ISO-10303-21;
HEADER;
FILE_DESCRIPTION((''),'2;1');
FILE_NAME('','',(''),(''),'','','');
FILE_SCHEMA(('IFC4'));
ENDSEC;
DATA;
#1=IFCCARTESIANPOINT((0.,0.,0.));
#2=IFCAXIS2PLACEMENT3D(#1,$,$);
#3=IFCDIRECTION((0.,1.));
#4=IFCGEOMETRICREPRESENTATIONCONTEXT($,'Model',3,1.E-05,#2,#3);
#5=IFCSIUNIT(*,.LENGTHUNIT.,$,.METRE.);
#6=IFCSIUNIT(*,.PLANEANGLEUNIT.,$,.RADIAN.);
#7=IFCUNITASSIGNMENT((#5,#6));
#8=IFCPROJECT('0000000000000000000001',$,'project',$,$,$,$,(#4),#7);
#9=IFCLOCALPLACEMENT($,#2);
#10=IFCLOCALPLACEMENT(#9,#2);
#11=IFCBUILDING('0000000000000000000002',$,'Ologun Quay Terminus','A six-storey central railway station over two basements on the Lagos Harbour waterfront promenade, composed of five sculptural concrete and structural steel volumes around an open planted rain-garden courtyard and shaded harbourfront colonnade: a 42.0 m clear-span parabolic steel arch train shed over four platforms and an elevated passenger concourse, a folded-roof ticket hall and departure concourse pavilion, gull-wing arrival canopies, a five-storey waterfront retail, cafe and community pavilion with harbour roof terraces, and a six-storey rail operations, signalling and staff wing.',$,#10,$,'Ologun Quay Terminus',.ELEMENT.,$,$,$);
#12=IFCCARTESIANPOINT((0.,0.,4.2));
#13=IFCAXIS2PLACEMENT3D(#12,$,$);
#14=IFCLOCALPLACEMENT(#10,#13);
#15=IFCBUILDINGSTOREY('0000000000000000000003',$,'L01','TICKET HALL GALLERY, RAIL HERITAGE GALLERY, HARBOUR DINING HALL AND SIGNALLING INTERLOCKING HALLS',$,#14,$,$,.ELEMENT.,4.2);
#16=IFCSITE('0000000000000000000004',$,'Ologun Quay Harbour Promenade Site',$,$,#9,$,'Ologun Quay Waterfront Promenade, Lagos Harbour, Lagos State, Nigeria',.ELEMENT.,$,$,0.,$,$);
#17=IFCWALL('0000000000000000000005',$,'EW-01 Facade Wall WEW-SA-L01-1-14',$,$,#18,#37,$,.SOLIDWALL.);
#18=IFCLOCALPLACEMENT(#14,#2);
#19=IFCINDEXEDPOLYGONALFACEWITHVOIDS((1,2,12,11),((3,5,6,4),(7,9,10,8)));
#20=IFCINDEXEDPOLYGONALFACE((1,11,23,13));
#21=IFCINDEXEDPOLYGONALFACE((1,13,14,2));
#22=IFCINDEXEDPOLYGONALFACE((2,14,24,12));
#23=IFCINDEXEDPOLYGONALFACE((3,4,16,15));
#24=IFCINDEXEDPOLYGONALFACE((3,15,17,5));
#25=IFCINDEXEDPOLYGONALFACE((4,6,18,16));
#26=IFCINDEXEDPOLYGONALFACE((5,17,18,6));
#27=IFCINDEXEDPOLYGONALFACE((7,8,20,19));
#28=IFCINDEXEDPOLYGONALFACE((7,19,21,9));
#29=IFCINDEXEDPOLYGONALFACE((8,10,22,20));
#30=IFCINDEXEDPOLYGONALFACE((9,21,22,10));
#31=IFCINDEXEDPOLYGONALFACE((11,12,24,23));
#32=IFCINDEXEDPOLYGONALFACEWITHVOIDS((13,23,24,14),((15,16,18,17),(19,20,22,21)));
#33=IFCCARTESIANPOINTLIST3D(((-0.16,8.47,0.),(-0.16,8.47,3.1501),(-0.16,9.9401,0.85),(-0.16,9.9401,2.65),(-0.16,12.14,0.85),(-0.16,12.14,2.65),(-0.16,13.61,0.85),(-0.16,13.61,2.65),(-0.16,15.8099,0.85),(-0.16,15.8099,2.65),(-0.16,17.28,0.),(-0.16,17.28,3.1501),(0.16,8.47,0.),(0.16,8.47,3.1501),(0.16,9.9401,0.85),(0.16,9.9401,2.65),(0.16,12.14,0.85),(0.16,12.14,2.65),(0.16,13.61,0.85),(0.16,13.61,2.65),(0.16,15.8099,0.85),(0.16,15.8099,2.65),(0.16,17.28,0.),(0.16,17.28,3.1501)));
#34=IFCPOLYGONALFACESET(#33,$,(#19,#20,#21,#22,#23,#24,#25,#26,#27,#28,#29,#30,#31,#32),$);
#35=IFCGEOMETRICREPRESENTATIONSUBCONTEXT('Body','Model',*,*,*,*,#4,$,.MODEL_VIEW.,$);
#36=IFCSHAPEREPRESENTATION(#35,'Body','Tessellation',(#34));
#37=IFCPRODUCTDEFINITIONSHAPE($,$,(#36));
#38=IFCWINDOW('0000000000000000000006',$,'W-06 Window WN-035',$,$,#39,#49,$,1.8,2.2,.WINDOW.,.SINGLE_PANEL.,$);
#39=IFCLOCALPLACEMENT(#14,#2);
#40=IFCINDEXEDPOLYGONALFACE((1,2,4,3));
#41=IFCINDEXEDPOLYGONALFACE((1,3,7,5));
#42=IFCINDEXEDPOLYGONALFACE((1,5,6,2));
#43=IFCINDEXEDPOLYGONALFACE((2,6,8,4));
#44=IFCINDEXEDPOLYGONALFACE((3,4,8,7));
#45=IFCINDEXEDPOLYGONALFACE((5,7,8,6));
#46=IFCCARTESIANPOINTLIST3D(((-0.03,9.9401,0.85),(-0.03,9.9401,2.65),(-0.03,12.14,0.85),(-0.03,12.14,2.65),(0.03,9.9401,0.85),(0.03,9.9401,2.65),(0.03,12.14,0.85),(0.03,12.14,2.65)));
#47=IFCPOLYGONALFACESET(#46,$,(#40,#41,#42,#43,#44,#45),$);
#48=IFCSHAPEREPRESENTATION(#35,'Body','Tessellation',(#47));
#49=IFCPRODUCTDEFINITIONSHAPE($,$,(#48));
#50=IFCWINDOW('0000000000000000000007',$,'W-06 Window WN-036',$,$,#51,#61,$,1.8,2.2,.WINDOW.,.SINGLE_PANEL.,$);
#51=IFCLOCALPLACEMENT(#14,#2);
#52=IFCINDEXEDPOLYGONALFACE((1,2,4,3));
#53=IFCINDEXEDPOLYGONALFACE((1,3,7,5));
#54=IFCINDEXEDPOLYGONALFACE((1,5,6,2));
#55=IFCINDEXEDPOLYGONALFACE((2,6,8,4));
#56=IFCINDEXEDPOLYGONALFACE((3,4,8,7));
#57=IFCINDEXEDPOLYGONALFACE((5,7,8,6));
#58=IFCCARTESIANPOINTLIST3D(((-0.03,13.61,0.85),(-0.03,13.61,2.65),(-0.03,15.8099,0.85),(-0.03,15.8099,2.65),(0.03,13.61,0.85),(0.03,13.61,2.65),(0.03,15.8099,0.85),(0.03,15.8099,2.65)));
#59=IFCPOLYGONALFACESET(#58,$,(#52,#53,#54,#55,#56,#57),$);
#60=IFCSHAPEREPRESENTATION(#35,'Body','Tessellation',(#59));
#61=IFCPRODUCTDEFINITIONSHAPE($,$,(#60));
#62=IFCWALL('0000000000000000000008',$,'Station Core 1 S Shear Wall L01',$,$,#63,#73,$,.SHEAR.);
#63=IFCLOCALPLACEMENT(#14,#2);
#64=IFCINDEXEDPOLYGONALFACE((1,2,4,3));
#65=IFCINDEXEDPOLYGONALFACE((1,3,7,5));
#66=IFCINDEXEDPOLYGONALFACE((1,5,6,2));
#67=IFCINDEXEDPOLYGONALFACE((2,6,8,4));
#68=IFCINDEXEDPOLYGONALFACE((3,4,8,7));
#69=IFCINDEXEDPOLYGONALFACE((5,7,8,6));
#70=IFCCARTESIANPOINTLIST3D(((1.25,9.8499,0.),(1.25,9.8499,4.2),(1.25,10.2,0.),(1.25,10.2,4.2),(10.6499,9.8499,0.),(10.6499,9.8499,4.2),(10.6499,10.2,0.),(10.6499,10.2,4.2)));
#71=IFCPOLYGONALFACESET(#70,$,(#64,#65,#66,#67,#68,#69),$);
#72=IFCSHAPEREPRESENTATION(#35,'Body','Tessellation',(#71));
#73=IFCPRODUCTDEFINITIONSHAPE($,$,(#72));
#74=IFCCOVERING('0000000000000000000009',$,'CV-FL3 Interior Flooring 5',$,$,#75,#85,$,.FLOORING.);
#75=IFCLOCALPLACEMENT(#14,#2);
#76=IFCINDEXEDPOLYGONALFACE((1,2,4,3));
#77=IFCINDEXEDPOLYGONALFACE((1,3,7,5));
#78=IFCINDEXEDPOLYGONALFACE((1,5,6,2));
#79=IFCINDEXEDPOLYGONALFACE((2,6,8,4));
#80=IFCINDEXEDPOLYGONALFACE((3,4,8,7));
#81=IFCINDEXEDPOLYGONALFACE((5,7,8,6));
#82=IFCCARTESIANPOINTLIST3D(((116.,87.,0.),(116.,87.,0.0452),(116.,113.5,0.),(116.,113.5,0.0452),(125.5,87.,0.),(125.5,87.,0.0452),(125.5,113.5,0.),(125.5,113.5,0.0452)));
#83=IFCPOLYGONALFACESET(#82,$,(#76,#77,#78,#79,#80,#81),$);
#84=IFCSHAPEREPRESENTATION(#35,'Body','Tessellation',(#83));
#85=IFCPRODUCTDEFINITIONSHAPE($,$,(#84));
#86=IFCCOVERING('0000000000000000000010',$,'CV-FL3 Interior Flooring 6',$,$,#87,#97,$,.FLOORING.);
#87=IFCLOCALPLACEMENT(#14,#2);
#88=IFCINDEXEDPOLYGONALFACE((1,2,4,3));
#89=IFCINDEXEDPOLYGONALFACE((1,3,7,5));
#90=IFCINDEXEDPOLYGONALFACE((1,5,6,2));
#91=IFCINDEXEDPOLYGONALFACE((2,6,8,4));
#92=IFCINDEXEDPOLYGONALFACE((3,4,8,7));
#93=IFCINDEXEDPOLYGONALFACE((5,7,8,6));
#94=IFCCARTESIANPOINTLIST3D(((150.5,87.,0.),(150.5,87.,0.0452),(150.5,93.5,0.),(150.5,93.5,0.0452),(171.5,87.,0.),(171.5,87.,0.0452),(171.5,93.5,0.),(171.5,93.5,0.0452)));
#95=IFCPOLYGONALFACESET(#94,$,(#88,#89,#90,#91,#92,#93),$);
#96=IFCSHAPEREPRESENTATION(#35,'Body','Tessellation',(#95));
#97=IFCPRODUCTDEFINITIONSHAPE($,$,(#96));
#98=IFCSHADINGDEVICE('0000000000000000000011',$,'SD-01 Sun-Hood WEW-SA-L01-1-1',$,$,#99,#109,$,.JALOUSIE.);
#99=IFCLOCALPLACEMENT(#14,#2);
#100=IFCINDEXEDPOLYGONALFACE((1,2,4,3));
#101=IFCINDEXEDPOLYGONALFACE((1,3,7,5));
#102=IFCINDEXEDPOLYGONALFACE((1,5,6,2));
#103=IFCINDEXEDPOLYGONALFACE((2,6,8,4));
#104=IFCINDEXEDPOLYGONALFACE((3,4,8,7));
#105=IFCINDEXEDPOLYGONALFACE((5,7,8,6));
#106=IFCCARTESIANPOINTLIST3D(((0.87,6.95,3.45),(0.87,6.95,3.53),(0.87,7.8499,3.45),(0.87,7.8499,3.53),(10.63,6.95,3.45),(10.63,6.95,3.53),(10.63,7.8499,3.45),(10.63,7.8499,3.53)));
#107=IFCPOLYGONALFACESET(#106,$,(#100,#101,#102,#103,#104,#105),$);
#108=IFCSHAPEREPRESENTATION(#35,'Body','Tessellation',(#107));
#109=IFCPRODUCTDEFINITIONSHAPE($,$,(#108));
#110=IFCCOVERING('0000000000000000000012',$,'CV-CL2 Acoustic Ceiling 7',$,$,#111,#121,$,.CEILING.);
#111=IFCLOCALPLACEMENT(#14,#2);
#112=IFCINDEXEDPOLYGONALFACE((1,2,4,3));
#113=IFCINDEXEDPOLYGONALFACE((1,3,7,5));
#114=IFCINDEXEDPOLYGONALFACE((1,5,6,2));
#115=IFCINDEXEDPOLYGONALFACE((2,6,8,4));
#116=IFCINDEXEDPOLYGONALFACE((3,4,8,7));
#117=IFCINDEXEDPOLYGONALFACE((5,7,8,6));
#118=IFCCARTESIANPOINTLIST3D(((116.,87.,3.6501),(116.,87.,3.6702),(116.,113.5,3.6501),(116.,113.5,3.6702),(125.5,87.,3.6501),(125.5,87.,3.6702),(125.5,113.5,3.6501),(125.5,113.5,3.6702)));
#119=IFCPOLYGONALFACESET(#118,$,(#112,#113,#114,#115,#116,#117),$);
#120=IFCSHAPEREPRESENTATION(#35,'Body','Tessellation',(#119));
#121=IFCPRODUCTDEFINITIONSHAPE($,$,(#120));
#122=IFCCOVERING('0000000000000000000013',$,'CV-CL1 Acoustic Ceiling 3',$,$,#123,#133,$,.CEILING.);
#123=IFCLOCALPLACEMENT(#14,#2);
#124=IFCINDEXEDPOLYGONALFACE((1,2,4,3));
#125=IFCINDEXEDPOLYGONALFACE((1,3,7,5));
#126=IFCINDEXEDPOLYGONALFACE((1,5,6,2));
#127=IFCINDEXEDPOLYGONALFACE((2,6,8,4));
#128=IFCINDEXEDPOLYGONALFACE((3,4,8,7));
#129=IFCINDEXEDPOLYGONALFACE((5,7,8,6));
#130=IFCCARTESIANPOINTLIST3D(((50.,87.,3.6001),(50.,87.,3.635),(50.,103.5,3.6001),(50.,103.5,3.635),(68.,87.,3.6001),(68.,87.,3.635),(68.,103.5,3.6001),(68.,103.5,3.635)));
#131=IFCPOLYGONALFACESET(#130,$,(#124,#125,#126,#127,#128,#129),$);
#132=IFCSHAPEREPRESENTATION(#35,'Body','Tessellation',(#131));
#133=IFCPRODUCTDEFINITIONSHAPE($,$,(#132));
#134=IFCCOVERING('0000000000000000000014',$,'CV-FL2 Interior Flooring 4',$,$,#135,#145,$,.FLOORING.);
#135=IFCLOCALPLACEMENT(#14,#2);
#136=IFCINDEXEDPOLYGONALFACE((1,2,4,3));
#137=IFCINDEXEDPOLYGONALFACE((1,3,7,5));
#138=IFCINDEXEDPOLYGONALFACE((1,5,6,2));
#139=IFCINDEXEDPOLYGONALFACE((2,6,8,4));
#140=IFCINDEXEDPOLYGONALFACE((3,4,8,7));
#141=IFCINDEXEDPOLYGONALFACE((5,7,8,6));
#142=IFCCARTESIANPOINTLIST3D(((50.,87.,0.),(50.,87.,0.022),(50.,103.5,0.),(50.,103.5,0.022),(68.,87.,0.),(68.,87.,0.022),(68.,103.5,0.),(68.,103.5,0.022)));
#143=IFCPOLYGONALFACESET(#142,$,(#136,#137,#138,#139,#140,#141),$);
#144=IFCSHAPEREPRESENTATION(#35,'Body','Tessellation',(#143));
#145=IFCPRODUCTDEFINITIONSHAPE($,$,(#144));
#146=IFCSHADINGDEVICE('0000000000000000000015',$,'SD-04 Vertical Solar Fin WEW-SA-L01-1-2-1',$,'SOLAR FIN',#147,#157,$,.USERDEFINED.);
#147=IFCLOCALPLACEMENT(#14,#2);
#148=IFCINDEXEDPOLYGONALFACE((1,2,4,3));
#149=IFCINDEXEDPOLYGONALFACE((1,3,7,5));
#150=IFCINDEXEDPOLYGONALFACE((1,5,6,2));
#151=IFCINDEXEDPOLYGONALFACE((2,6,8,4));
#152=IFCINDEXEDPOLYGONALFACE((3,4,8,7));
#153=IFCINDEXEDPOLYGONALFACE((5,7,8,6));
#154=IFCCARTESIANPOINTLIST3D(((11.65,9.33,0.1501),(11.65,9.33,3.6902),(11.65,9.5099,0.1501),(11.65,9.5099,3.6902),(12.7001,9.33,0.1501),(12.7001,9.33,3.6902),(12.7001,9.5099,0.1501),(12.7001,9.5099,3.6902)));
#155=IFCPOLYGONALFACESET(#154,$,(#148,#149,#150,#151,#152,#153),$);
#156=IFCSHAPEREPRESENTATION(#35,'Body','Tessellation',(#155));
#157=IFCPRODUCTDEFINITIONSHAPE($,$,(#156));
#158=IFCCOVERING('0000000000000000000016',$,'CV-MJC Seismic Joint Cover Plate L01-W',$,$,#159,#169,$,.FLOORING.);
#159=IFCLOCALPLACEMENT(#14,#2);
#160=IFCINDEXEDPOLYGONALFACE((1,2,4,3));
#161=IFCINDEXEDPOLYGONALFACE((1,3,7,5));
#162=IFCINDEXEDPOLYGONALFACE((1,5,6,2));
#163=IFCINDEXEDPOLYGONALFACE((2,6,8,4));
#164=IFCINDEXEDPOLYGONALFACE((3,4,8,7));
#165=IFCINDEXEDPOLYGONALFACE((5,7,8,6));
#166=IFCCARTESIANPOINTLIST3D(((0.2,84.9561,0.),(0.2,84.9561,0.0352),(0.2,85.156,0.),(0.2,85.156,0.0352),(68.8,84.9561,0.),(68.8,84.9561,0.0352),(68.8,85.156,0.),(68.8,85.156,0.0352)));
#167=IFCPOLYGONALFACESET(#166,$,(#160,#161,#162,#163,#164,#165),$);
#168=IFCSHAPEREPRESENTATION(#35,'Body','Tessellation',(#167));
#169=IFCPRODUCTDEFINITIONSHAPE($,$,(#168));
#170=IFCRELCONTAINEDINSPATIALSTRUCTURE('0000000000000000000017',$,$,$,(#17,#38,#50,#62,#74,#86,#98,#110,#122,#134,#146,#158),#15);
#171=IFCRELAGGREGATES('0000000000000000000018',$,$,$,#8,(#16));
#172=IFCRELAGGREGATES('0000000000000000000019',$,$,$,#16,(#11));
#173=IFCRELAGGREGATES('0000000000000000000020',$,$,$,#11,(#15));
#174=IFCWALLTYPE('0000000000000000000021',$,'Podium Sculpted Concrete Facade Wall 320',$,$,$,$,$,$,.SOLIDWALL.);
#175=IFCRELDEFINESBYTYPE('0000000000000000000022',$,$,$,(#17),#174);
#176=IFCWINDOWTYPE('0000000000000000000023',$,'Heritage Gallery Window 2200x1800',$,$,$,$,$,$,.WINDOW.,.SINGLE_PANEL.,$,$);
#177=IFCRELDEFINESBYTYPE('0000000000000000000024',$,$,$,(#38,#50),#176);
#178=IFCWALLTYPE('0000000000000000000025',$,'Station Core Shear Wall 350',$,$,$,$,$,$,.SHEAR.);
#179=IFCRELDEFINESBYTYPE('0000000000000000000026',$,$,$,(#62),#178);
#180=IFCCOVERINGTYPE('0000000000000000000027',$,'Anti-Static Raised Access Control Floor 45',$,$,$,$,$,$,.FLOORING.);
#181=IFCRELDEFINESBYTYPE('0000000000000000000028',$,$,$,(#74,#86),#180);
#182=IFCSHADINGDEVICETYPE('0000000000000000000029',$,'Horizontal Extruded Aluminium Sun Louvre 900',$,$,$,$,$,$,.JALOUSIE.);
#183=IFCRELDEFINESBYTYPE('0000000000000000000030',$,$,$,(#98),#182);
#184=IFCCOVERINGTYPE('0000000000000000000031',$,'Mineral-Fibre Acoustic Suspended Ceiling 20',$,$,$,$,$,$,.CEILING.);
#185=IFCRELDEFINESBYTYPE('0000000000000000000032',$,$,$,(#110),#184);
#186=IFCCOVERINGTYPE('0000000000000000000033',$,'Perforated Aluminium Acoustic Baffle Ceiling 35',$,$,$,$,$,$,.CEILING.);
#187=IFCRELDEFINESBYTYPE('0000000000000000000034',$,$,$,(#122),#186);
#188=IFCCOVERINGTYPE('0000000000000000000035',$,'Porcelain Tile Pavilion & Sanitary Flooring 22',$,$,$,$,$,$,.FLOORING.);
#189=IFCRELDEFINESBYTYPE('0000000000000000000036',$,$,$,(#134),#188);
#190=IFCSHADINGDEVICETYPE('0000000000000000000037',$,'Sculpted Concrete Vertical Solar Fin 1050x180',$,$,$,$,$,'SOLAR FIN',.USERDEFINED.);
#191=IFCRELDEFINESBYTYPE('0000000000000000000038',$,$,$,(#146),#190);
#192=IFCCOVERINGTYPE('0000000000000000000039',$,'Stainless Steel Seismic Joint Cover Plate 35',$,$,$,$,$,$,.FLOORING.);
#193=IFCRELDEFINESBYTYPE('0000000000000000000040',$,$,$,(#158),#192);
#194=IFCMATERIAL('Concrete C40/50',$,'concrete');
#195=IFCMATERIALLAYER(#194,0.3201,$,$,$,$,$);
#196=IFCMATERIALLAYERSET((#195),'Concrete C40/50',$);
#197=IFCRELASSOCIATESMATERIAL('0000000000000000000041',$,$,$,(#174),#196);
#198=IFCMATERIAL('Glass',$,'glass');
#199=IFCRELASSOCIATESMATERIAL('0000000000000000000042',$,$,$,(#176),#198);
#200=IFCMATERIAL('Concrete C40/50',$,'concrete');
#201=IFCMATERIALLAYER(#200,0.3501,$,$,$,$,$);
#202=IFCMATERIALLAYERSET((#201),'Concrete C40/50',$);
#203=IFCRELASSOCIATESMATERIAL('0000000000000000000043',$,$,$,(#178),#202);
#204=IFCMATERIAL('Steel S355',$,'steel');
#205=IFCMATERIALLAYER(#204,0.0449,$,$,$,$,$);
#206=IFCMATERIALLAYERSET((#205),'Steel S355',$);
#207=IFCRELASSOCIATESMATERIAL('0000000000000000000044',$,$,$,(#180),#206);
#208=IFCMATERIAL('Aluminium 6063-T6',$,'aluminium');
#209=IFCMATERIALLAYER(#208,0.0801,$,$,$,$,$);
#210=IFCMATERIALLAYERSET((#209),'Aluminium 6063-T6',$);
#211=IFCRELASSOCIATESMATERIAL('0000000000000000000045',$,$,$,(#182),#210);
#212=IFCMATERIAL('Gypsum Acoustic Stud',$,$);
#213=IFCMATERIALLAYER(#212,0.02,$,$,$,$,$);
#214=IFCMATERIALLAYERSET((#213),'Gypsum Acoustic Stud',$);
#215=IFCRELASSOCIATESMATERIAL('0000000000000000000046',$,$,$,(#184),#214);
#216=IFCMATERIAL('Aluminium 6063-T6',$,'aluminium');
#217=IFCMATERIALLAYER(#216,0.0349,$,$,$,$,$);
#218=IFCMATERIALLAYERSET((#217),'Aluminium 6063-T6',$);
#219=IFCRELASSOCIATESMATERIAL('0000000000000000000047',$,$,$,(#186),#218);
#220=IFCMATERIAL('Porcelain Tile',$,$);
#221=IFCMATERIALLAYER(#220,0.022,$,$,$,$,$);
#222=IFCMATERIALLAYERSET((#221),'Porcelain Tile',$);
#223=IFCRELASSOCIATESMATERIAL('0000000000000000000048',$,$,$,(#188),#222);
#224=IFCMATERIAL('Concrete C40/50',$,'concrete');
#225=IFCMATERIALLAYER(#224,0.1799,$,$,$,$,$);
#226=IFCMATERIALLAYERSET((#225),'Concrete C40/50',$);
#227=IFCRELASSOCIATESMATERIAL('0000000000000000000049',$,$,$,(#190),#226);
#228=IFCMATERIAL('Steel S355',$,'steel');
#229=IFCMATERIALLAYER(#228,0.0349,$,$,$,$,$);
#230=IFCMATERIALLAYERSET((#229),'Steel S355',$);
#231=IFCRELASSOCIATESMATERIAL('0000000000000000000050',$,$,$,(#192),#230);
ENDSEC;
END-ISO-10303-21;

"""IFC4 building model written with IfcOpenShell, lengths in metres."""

from ifc_helpers import new_model, si_unit, direction, frame, frame_2d, origin, origin_2d, place, context, subcontext, project, spatial, polyline, rectangle, outline, extrude, material, layer, layer_set, type_object, element, fill, save


model = new_model("IFC4")

# Units and contexts
model_context = context("Model", 3, precision=1e-05, world=origin(), true_north=direction((0.0, 1.0)))
body_context = subcontext(model_context, "Body", "Model", "MODEL_VIEW")
ifc_project = project(units=[si_unit("LENGTHUNIT", "METRE"), si_unit("PLANEANGLEUNIT", "RADIAN")], contexts=[model_context])

# Site, building, storey
site_placement = place(None, origin())
site = spatial("IfcSite", under=ifc_project, at=site_placement, Name="Ologun Quay Harbour Promenade Site", LongName="Ologun Quay Waterfront Promenade, Lagos Harbour, Lagos State, Nigeria", CompositionType="ELEMENT", RefElevation=0.0)
building_placement = place(site_placement, origin())
building = spatial("IfcBuilding", under=site, at=building_placement, Name="Ologun Quay Terminus", Description="A six-storey central railway station over two basements on the Lagos Harbour waterfront promenade, composed of five sculptural concrete and structural steel volumes around an open planted rain-garden courtyard and shaded harbourfront colonnade: a 42.0 m clear-span parabolic steel arch train shed over four platforms and an elevated passenger concourse, a folded-roof ticket hall and departure concourse pavilion, gull-wing arrival canopies, a five-storey waterfront retail, cafe and community pavilion with harbour roof terraces, and a six-storey rail operations, signalling and staff wing.", LongName="Ologun Quay Terminus", CompositionType="ELEMENT")
storey_placement = place(building_placement, frame((0.0, 0.0, 4.2)))
storey = spatial("IfcBuildingStorey", under=building, at=storey_placement, Name="L01", Description="TICKET HALL GALLERY, RAIL HERITAGE GALLERY, HARBOUR DINING HALL AND SIGNALLING INTERLOCKING HALLS", CompositionType="ELEMENT", Elevation=4.2)

# Wall, openings, windows
ifc_material_1 = material(Name="Concrete C40/50", Category="concrete")
ifc_layer_1 = layer(ifc_material_1, 0.3201)
ifc_layer_set_1 = layer_set([ifc_layer_1], Name="Concrete C40/50")
wall_type_1 = type_object("IfcWallType", Name="Podium Sculpted Concrete Facade Wall 320", PredefinedType="SOLIDWALL", material=ifc_layer_set_1)
wall_1_placement = place(storey_placement, frame((0.0, 8.47, 0.0), z_axis=(0.0, 0.0, 1.0), x_axis=(0.0, 1.0, 0.0)))
wall_1 = element("IfcWall", 1, at=wall_1_placement, inside=storey, type_object=wall_type_1, Name="EW-01 Facade Wall WEW-SA-L01-1-14", PredefinedType="SOLIDWALL", context=body_context, shape_type="SweptSolid", body=[
    extrude(rectangle(XDim=8.8101, YDim=0.3201, at=frame_2d((4.405, 0.0))), origin(), (0.0, 0.0, 1.0), 3.1501),
])
opening_1_placement = place(wall_1_placement, frame((1.47, 0.0, 0.8501)))
opening_1 = element("IfcOpeningElement", 2, at=opening_1_placement, cuts=wall_1, PredefinedType="OPENING", context=body_context, shape_type="SweptSolid", body=[
    extrude(rectangle(XDim=2.2, YDim=1.8, at=frame_2d((1.1001, 0.8999))), frame((0.0, 0.1699, 0.0), z_axis=(0.0, -1.0, 0.0), x_axis=(1.0, 0.0, 0.0)), (0.0, 0.0, 1.0), 0.3401),
])
opening_2_placement = place(wall_1_placement, frame((5.1399, 0.0, 0.8501)))
opening_2 = element("IfcOpeningElement", 3, at=opening_2_placement, cuts=wall_1, PredefinedType="OPENING", context=body_context, shape_type="SweptSolid", body=[
    extrude(rectangle(XDim=2.2, YDim=1.8, at=frame_2d((1.1001, 0.8999))), frame((0.0, 0.1699, 0.0), z_axis=(0.0, -1.0, 0.0), x_axis=(1.0, 0.0, 0.0)), (0.0, 0.0, 1.0), 0.3401),
])
ifc_material_2 = material(Name="Glass", Category="glass")
window_type_1 = type_object("IfcWindowType", Name="Heritage Gallery Window 2200x1800", PartitioningType="SINGLE_PANEL", PredefinedType="WINDOW", material=ifc_material_2)
window_1_placement = place(opening_1_placement, origin())
window_1 = element("IfcWindow", 4, at=window_1_placement, inside=storey, type_object=window_type_1, Name="W-06 Window WN-035", OverallHeight=1.8, OverallWidth=2.2, PartitioningType="SINGLE_PANEL", PredefinedType="WINDOW", context=body_context, shape_type="SweptSolid", body=[
    extrude(rectangle(XDim=2.2, YDim=1.8, at=frame_2d((1.1001, 0.8999))), frame((0.0, 0.03, 0.0), z_axis=(0.0, -1.0, 0.0), x_axis=(1.0, 0.0, 0.0)), (0.0, 0.0, 1.0), 0.0601),
])
fill(opening_1, window_1)
window_2_placement = place(opening_2_placement, origin())
window_2 = element("IfcWindow", 5, at=window_2_placement, inside=storey, type_object=window_type_1, Name="W-06 Window WN-036", OverallHeight=1.8, OverallWidth=2.2, PartitioningType="SINGLE_PANEL", PredefinedType="WINDOW", context=body_context, shape_type="SweptSolid", body=[
    extrude(rectangle(XDim=2.2, YDim=1.8, at=frame_2d((1.1001, 0.8999))), frame((0.0, 0.03, 0.0), z_axis=(0.0, -1.0, 0.0), x_axis=(1.0, 0.0, 0.0)), (0.0, 0.0, 1.0), 0.0601),
])
fill(opening_2, window_2)

# Wall
ifc_material_3 = material(Name="Concrete C40/50", Category="concrete")
ifc_layer_2 = layer(ifc_material_3, 0.3501)
ifc_layer_set_2 = layer_set([ifc_layer_2], Name="Concrete C40/50")
wall_type_2 = type_object("IfcWallType", Name="Station Core Shear Wall 350", PredefinedType="SHEAR", material=ifc_layer_set_2)
wall_2_placement = place(storey_placement, frame((1.25, 10.0249, 0.0), z_axis=(0.0, 0.0, 1.0), x_axis=(1.0, 0.0, 0.0)))
element("IfcWall", 6, at=wall_2_placement, inside=storey, type_object=wall_type_2, Name="Station Core 1 S Shear Wall L01", PredefinedType="SHEAR", context=body_context, shape_type="SweptSolid", body=[
    extrude(rectangle(XDim=9.3999, YDim=0.3501, at=frame_2d((4.7, 0.0))), origin(), (0.0, 0.0, 1.0), 4.2),
])

# Coverings
ifc_material_4 = material(Name="Steel S355", Category="steel")
ifc_layer_3 = layer(ifc_material_4, 0.0449)
ifc_layer_set_3 = layer_set([ifc_layer_3], Name="Steel S355")
covering_type_1 = type_object("IfcCoveringType", Name="Anti-Static Raised Access Control Floor 45", PredefinedType="FLOORING", material=ifc_layer_set_3)
covering_1_placement = place(storey_placement, origin())
element("IfcCovering", 7, at=covering_1_placement, inside=storey, type_object=covering_type_1, Name="CV-FL3 Interior Flooring 5", PredefinedType="FLOORING", context=body_context, shape_type="SweptSolid", body=[
    extrude(outline(polyline([(116.0, 87.0), (125.5, 87.0), (125.5, 113.5), (116.0, 113.5), (116.0, 87.0)])), origin(), (0.0, 0.0, 1.0), 0.0452),
])
covering_2_placement = place(storey_placement, origin())
element("IfcCovering", 8, at=covering_2_placement, inside=storey, type_object=covering_type_1, Name="CV-FL3 Interior Flooring 6", PredefinedType="FLOORING", context=body_context, shape_type="SweptSolid", body=[
    extrude(outline(polyline([(150.5, 87.0), (171.5, 87.0), (171.5, 93.5), (150.5, 93.5), (150.5, 87.0)])), origin(), (0.0, 0.0, 1.0), 0.0452),
])

# Shading device
ifc_material_5 = material(Name="Aluminium 6063-T6", Category="aluminium")
ifc_layer_4 = layer(ifc_material_5, 0.0801)
ifc_layer_set_4 = layer_set([ifc_layer_4], Name="Aluminium 6063-T6")
shading_device_type_1 = type_object("IfcShadingDeviceType", Name="Horizontal Extruded Aluminium Sun Louvre 900", PredefinedType="JALOUSIE", material=ifc_layer_set_4)
shading_device_1_placement = place(storey_placement, frame((5.75, 7.3999, 3.45), z_axis=(0.0, 0.0, 1.0), x_axis=(1.0, 0.0, 0.0)))
element("IfcShadingDevice", 9, at=shading_device_1_placement, inside=storey, type_object=shading_device_type_1, Name="SD-01 Sun-Hood WEW-SA-L01-1-1", PredefinedType="JALOUSIE", context=body_context, shape_type="SweptSolid", body=[
    extrude(rectangle(XDim=9.76, YDim=0.8999, at=origin_2d()), origin(), (0.0, 0.0, 1.0), 0.0801),
])

# Coverings
ifc_material_6 = material(Name="Gypsum Acoustic Stud")
ifc_layer_5 = layer(ifc_material_6, 0.02)
ifc_layer_set_5 = layer_set([ifc_layer_5], Name="Gypsum Acoustic Stud")
covering_type_2 = type_object("IfcCoveringType", Name="Mineral-Fibre Acoustic Suspended Ceiling 20", PredefinedType="CEILING", material=ifc_layer_set_5)
covering_3_placement = place(storey_placement, frame((0.0, 0.0, 3.6501)))
element("IfcCovering", 10, at=covering_3_placement, inside=storey, type_object=covering_type_2, Name="CV-CL2 Acoustic Ceiling 7", PredefinedType="CEILING", context=body_context, shape_type="SweptSolid", body=[
    extrude(outline(polyline([(116.0, 87.0), (125.5, 87.0), (125.5, 113.5), (116.0, 113.5), (116.0, 87.0)])), origin(), (0.0, 0.0, 1.0), 0.02),
])
ifc_material_7 = material(Name="Aluminium 6063-T6", Category="aluminium")
ifc_layer_6 = layer(ifc_material_7, 0.0349)
ifc_layer_set_6 = layer_set([ifc_layer_6], Name="Aluminium 6063-T6")
covering_type_3 = type_object("IfcCoveringType", Name="Perforated Aluminium Acoustic Baffle Ceiling 35", PredefinedType="CEILING", material=ifc_layer_set_6)
covering_4_placement = place(storey_placement, frame((0.0, 0.0, 3.6001)))
element("IfcCovering", 11, at=covering_4_placement, inside=storey, type_object=covering_type_3, Name="CV-CL1 Acoustic Ceiling 3", PredefinedType="CEILING", context=body_context, shape_type="SweptSolid", body=[
    extrude(outline(polyline([(50.0, 87.0), (68.0, 87.0), (68.0, 103.5), (50.0, 103.5), (50.0, 87.0)])), origin(), (0.0, 0.0, 1.0), 0.0349),
])
ifc_material_8 = material(Name="Porcelain Tile")
ifc_layer_7 = layer(ifc_material_8, 0.022)
ifc_layer_set_7 = layer_set([ifc_layer_7], Name="Porcelain Tile")
covering_type_4 = type_object("IfcCoveringType", Name="Porcelain Tile Pavilion & Sanitary Flooring 22", PredefinedType="FLOORING", material=ifc_layer_set_7)
covering_5_placement = place(storey_placement, origin())
element("IfcCovering", 12, at=covering_5_placement, inside=storey, type_object=covering_type_4, Name="CV-FL2 Interior Flooring 4", PredefinedType="FLOORING", context=body_context, shape_type="SweptSolid", body=[
    extrude(outline(polyline([(50.0, 87.0), (68.0, 87.0), (68.0, 103.5), (50.0, 103.5), (50.0, 87.0)])), origin(), (0.0, 0.0, 1.0), 0.022),
])

# Shading device
ifc_material_9 = material(Name="Concrete C40/50", Category="concrete")
ifc_layer_8 = layer(ifc_material_9, 0.1799)
ifc_layer_set_8 = layer_set([ifc_layer_8], Name="Concrete C40/50")
shading_device_type_2 = type_object("IfcShadingDeviceType", Name="Sculpted Concrete Vertical Solar Fin 1050x180", ElementType="SOLAR FIN", PredefinedType="USERDEFINED", material=ifc_layer_set_8)
shading_device_2_placement = place(storey_placement, frame((12.175, 9.4199, 0.1501), z_axis=(0.0, 0.0, 1.0), x_axis=(1.0, 0.0, 0.0)))
element("IfcShadingDevice", 13, at=shading_device_2_placement, inside=storey, type_object=shading_device_type_2, Name="SD-04 Vertical Solar Fin WEW-SA-L01-1-2-1", ObjectType="SOLAR FIN", PredefinedType="USERDEFINED", context=body_context, shape_type="SweptSolid", body=[
    extrude(rectangle(XDim=1.05, YDim=0.1799, at=origin_2d()), origin(), (0.0, 0.0, 1.0), 3.54),
])

# Covering
ifc_material_10 = material(Name="Steel S355", Category="steel")
ifc_layer_9 = layer(ifc_material_10, 0.0349)
ifc_layer_set_9 = layer_set([ifc_layer_9], Name="Steel S355")
covering_type_5 = type_object("IfcCoveringType", Name="Stainless Steel Seismic Joint Cover Plate 35", PredefinedType="FLOORING", material=ifc_layer_set_9)
covering_6_placement = place(storey_placement, origin())
element("IfcCovering", 14, at=covering_6_placement, inside=storey, type_object=covering_type_5, Name="CV-MJC Seismic Joint Cover Plate L01-W", PredefinedType="FLOORING", context=body_context, shape_type="SweptSolid", body=[
    extrude(outline(polyline([(0.2, 84.9561), (68.8, 84.9561), (68.8, 85.156), (0.2, 85.156), (0.2, 84.9561)])), origin(), (0.0, 0.0, 1.0), 0.0352),
])

save(model, "model.ifc")
